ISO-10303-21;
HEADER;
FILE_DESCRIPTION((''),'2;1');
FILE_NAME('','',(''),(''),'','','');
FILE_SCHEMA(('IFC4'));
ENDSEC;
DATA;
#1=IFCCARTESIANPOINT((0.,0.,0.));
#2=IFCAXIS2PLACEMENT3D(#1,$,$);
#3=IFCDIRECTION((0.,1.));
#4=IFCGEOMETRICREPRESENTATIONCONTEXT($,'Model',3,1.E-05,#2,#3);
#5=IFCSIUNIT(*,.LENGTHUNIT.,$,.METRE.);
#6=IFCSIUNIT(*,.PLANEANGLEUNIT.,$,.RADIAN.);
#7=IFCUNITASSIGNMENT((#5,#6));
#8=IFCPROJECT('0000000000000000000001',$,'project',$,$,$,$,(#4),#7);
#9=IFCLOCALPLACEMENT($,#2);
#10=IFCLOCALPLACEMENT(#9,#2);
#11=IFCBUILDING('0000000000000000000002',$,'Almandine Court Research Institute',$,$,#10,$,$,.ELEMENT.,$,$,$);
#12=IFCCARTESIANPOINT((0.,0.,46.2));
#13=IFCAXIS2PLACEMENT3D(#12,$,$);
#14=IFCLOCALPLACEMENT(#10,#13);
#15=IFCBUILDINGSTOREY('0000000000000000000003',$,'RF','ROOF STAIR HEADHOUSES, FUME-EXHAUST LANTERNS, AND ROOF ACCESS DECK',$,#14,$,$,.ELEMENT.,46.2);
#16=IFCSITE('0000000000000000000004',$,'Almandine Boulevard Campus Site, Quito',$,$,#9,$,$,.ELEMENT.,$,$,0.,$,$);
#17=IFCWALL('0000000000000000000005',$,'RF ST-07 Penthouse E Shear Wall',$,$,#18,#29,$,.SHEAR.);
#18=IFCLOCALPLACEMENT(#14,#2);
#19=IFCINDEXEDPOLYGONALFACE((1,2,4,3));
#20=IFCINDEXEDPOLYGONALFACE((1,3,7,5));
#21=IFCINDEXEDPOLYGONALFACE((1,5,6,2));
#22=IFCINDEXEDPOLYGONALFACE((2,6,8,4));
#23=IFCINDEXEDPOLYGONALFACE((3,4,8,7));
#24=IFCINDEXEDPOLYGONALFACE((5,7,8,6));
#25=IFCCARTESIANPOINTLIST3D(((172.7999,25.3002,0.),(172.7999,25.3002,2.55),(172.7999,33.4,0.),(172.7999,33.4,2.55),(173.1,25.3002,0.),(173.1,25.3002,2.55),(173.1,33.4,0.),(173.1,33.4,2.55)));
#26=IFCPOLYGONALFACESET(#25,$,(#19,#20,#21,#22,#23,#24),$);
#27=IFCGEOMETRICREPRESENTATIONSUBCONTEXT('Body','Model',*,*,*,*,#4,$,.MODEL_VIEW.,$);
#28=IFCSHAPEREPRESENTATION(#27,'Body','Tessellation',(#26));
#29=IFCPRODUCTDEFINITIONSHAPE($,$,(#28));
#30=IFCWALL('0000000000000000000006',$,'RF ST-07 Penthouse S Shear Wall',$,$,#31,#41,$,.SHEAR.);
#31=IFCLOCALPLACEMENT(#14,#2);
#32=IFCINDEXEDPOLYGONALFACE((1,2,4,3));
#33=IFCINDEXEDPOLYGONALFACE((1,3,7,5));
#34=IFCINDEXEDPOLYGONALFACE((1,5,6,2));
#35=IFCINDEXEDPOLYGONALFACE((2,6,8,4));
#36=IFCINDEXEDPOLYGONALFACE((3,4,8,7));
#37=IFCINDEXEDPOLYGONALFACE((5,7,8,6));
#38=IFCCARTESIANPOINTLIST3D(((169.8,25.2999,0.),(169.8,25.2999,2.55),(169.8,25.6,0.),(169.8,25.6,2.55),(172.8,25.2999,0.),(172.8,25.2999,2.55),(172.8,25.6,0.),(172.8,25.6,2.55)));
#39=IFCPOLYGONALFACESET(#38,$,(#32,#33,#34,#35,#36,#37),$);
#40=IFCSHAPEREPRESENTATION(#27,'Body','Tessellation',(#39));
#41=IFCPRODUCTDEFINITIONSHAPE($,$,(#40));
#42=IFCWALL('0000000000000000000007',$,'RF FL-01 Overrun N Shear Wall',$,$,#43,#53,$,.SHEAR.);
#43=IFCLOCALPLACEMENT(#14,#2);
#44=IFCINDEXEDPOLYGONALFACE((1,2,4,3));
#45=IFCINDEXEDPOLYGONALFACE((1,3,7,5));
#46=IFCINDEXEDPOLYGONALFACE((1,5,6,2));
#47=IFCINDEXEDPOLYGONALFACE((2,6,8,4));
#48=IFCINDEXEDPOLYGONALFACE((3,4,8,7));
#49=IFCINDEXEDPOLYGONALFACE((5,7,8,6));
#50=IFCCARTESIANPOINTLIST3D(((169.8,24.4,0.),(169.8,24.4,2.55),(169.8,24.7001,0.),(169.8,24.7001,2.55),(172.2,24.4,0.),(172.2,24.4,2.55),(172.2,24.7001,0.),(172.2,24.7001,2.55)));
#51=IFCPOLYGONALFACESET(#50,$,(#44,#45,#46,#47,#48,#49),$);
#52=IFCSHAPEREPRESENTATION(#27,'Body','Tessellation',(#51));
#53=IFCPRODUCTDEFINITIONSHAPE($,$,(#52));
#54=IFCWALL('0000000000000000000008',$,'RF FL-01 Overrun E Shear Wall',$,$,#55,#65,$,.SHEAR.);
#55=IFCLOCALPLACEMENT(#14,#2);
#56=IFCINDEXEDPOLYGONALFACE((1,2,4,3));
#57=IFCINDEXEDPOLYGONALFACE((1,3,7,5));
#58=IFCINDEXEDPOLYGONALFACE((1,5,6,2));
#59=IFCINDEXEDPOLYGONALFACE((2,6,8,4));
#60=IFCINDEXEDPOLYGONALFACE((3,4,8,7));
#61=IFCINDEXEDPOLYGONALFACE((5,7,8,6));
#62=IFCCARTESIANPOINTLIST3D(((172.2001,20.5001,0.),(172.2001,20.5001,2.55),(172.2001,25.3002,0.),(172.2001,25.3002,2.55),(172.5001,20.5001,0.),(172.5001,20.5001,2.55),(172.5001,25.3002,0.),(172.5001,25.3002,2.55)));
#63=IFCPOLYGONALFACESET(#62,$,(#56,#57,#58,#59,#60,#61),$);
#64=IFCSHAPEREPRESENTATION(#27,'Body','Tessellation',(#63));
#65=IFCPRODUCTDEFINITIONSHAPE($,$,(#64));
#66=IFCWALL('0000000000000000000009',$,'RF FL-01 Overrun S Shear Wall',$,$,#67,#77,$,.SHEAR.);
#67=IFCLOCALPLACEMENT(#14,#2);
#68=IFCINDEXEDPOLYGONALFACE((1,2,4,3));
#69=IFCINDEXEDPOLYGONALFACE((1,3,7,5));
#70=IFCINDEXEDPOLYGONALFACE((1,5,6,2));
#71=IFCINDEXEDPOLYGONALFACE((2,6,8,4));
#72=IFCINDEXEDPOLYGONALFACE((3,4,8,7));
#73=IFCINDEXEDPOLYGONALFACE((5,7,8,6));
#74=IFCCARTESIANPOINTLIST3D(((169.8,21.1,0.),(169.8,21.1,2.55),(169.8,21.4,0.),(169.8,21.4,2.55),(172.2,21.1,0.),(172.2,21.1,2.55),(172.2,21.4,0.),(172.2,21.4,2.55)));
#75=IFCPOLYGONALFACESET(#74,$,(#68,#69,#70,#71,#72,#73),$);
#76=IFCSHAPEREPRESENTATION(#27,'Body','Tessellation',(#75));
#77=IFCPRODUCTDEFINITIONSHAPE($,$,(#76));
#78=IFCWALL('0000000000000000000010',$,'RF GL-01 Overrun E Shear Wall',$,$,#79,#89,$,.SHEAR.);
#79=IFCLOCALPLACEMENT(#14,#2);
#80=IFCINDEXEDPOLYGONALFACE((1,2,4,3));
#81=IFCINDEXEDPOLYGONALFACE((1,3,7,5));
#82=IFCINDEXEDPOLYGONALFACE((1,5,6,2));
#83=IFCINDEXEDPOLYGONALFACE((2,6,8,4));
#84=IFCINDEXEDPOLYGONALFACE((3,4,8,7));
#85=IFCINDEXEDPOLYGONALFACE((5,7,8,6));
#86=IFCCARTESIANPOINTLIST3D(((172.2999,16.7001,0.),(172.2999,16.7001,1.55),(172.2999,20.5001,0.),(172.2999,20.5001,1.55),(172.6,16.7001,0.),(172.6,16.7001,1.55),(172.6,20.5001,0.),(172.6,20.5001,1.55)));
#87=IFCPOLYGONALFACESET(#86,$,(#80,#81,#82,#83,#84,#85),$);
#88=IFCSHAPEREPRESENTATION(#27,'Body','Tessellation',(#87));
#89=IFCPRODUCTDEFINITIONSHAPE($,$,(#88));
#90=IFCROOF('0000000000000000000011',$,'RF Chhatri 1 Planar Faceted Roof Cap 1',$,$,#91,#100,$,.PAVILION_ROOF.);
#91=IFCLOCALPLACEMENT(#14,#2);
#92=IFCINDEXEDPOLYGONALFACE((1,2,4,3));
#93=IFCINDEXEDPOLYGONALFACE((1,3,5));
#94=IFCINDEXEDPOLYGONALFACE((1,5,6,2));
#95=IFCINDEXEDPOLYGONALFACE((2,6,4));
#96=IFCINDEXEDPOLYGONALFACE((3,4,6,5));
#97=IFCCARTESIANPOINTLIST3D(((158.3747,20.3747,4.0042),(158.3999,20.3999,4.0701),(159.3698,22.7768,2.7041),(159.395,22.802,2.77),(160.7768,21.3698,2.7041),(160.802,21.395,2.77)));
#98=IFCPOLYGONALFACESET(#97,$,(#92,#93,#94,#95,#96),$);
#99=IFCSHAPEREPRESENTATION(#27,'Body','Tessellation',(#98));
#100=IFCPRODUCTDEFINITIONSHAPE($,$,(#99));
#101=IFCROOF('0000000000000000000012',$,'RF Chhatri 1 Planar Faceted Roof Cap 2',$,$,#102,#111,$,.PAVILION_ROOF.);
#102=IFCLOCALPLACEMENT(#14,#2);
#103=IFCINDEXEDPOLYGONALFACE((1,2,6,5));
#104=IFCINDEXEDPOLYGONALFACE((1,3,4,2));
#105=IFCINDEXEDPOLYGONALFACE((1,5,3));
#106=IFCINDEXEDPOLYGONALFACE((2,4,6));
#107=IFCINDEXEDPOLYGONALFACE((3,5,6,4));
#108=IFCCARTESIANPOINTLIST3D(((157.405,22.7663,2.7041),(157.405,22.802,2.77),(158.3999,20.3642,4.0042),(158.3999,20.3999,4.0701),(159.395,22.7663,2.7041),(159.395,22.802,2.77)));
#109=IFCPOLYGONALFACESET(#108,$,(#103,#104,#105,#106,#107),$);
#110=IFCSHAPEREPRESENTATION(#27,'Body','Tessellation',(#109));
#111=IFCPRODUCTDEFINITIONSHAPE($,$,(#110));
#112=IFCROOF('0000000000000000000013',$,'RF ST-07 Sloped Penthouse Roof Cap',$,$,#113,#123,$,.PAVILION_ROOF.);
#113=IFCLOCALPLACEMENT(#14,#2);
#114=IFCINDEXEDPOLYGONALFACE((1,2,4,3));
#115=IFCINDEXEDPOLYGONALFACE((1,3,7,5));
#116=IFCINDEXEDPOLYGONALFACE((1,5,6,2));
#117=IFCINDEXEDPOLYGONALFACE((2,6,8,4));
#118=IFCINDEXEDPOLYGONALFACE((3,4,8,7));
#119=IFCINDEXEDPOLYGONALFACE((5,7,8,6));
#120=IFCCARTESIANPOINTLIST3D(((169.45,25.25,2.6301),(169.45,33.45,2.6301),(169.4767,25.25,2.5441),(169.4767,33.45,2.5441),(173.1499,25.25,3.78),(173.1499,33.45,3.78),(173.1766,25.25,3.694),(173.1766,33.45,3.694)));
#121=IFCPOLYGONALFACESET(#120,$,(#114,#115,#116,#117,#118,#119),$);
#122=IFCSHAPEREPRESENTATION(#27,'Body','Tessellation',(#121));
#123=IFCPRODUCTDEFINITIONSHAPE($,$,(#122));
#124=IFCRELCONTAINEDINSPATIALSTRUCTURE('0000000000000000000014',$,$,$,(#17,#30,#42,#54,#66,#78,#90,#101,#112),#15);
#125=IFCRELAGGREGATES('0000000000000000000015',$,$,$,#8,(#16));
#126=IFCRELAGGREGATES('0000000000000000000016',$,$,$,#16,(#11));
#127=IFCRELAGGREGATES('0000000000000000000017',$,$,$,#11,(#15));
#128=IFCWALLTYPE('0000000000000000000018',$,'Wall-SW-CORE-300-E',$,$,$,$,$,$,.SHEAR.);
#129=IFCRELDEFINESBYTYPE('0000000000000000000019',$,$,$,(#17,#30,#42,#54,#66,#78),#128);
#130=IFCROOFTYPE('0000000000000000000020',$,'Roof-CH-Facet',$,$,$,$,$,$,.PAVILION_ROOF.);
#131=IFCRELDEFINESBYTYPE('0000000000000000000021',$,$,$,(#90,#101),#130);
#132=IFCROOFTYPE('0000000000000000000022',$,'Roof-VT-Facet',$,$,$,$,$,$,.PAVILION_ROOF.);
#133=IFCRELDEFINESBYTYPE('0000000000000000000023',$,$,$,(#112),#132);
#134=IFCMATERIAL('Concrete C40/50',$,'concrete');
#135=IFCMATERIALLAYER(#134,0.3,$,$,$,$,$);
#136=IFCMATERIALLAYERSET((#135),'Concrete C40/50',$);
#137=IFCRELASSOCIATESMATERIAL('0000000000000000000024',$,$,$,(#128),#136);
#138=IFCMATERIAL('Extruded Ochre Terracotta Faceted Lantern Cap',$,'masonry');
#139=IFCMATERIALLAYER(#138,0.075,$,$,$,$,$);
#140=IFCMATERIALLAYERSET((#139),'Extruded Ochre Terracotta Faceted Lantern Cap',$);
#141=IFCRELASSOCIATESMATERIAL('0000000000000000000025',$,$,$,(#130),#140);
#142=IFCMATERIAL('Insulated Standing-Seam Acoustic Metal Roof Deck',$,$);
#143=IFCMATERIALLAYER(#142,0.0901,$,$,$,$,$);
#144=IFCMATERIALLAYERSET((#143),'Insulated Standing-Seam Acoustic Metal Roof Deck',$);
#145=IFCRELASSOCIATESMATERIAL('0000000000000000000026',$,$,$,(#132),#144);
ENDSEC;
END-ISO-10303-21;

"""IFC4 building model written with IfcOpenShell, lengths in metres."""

from ifc_helpers import new_model, si_unit, direction, frame, frame_2d, origin, place, context, subcontext, project, spatial, polyline, rectangle, outline, extrude, material, layer, layer_set, type_object, element, save


model = new_model("IFC4")

# Units and contexts
model_context = context("Model", 3, precision=1e-05, world=origin(), true_north=direction((0.0, 1.0)))
body_context = subcontext(model_context, "Body", "Model", "MODEL_VIEW")
ifc_project = project(units=[si_unit("LENGTHUNIT", "METRE"), si_unit("PLANEANGLEUNIT", "RADIAN")], contexts=[model_context])

# Site, building, storey
site_placement = place(None, origin())
site = spatial("IfcSite", under=ifc_project, at=site_placement, Name="Almandine Boulevard Campus Site, Quito", CompositionType="ELEMENT", RefElevation=0.0)
building_placement = place(site_placement, origin())
building = spatial("IfcBuilding", under=site, at=building_placement, Name="Almandine Court Research Institute", CompositionType="ELEMENT")
storey_placement = place(building_placement, frame((0.0, 0.0, 46.2)))
storey = spatial("IfcBuildingStorey", under=building, at=storey_placement, Name="RF", Description="ROOF STAIR HEADHOUSES, FUME-EXHAUST LANTERNS, AND ROOF ACCESS DECK", CompositionType="ELEMENT", Elevation=46.2)

# Shared definitions
ifc_material_1 = material(Name="Concrete C40/50", Category="concrete")
ifc_layer_1 = layer(ifc_material_1, 0.3)
ifc_layer_set_1 = layer_set([ifc_layer_1], Name="Concrete C40/50")
wall_type_1 = type_object("IfcWallType", Name="Wall-SW-CORE-300-E", PredefinedType="SHEAR", material=ifc_layer_set_1)

# Walls
wall_1_placement = place(storey_placement, frame((172.95, 33.3999, 0.0), z_axis=(0.0, 0.0, 1.0), x_axis=(0.0, -1.0, 0.0)))
element("IfcWall", 1, at=wall_1_placement, inside=storey, type_object=wall_type_1, Name="RF ST-07 Penthouse E Shear Wall", PredefinedType="SHEAR", context=body_context, shape_type="SweptSolid", body=[
    extrude(rectangle(XDim=8.0999, YDim=0.3, at=frame_2d((4.0498, 0.0))), origin(), (0.0, 0.0, 1.0), 2.55),
])
wall_2_placement = place(storey_placement, frame((172.8, 25.45, 0.0), z_axis=(0.0, 0.0, 1.0), x_axis=(-1.0, 0.0, 0.0)))
element("IfcWall", 2, at=wall_2_placement, inside=storey, type_object=wall_type_1, Name="RF ST-07 Penthouse S Shear Wall", PredefinedType="SHEAR", context=body_context, shape_type="SweptSolid", body=[
    extrude(rectangle(XDim=3.0, YDim=0.3, at=frame_2d((1.5, 0.0))), origin(), (0.0, 0.0, 1.0), 2.55),
])

# Walls
wall_3_placement = place(storey_placement, frame((169.8, 24.55, 0.0), z_axis=(0.0, 0.0, 1.0), x_axis=(1.0, 0.0, 0.0)))
element("IfcWall", 3, at=wall_3_placement, inside=storey, type_object=wall_type_1, Name="RF FL-01 Overrun N Shear Wall", PredefinedType="SHEAR", context=body_context, shape_type="SweptSolid", body=[
    extrude(rectangle(XDim=2.3999, YDim=0.3, at=frame_2d((1.2, 0.0))), origin(), (0.0, 0.0, 1.0), 2.55),
])
wall_4_placement = place(storey_placement, frame((172.3501, 25.3, 0.0), z_axis=(0.0, 0.0, 1.0), x_axis=(0.0, -1.0, 0.0)))
element("IfcWall", 4, at=wall_4_placement, inside=storey, type_object=wall_type_1, Name="RF FL-01 Overrun E Shear Wall", PredefinedType="SHEAR", context=body_context, shape_type="SweptSolid", body=[
    extrude(rectangle(XDim=4.8, YDim=0.3, at=frame_2d((2.3999, 0.0))), origin(), (0.0, 0.0, 1.0), 2.55),
])
wall_5_placement = place(storey_placement, frame((172.2, 21.25, 0.0), z_axis=(0.0, 0.0, 1.0), x_axis=(-1.0, 0.0, 0.0)))
element("IfcWall", 5, at=wall_5_placement, inside=storey, type_object=wall_type_1, Name="RF FL-01 Overrun S Shear Wall", PredefinedType="SHEAR", context=body_context, shape_type="SweptSolid", body=[
    extrude(rectangle(XDim=2.3999, YDim=0.3, at=frame_2d((1.2, 0.0))), origin(), (0.0, 0.0, 1.0), 2.55),
])
wall_6_placement = place(storey_placement, frame((172.45, 20.5, 0.0), z_axis=(0.0, 0.0, 1.0), x_axis=(0.0, -1.0, 0.0)))
element("IfcWall", 6, at=wall_6_placement, inside=storey, type_object=wall_type_1, Name="RF GL-01 Overrun E Shear Wall", PredefinedType="SHEAR", context=body_context, shape_type="SweptSolid", body=[
    extrude(rectangle(XDim=3.8, YDim=0.3, at=frame_2d((1.8999, 0.0))), origin(), (0.0, 0.0, 1.0), 1.55),
])

# Roofs
ifc_material_2 = material(Name="Extruded Ochre Terracotta Faceted Lantern Cap", Category="masonry")
ifc_layer_2 = layer(ifc_material_2, 0.075)
ifc_layer_set_2 = layer_set([ifc_layer_2], Name="Extruded Ochre Terracotta Faceted Lantern Cap")
roof_type_1 = type_object("IfcRoofType", Name="Roof-CH-Facet", PredefinedType="PAVILION_ROOF", material=ifc_layer_set_2)
roof_1_placement = place(storey_placement, frame((160.802, 21.395, 2.77), z_axis=(0.336555, 0.336555, 0.879467), x_axis=(-0.707107, 0.707107, 0.0)))
element("IfcRoof", 7, at=roof_1_placement, inside=storey, type_object=roof_type_1, Name="RF Chhatri 1 Planar Faceted Roof Cap 1", PredefinedType="PAVILION_ROOF", context=body_context, shape_type="SweptSolid", body=[
    extrude(outline(polyline([(0.0, 0.0), (1.9898, 0.0), (0.9949, 2.7314), (0.0, 0.0)])), origin(), (0.0, 0.0, -1.0), 0.075),
])
roof_2_placement = place(storey_placement, frame((159.395, 22.802, 2.77), z_axis=(0.0, 0.475975, 0.879459), x_axis=(-1.0, 0.0, 0.0)))
element("IfcRoof", 8, at=roof_2_placement, inside=storey, type_object=roof_type_1, Name="RF Chhatri 1 Planar Faceted Roof Cap 2", PredefinedType="PAVILION_ROOF", context=body_context, shape_type="SweptSolid", body=[
    extrude(outline(polyline([(0.0, 0.0), (1.99, 0.0), (0.9951, 2.7313), (0.0, 0.0)])), origin(), (0.0, 0.0, -1.0), 0.075),
])
ifc_material_3 = material(Name="Insulated Standing-Seam Acoustic Metal Roof Deck")
ifc_layer_3 = layer(ifc_material_3, 0.0901)
ifc_layer_set_3 = layer_set([ifc_layer_3], Name="Insulated Standing-Seam Acoustic Metal Roof Deck")
roof_type_2 = type_object("IfcRoofType", Name="Roof-VT-Facet", PredefinedType="PAVILION_ROOF", material=ifc_layer_set_3)
roof_3_placement = place(storey_placement, frame((169.45, 25.25, 2.6301), z_axis=(-0.296786, 0.0, 0.954944), x_axis=(0.954944, 0.0, 0.296786)))
element("IfcRoof", 9, at=roof_3_placement, inside=storey, type_object=roof_type_2, Name="RF ST-07 Sloped Penthouse Roof Cap", PredefinedType="PAVILION_ROOF", context=body_context, shape_type="SweptSolid", body=[
    extrude(outline(polyline([(0.0, 0.0), (3.8745, 0.0), (3.8745, 8.2), (0.0, 8.2), (0.0, 0.0)])), origin(), (0.0, 0.0, -1.0), 0.0901),
])

save(model, "model.ifc")
